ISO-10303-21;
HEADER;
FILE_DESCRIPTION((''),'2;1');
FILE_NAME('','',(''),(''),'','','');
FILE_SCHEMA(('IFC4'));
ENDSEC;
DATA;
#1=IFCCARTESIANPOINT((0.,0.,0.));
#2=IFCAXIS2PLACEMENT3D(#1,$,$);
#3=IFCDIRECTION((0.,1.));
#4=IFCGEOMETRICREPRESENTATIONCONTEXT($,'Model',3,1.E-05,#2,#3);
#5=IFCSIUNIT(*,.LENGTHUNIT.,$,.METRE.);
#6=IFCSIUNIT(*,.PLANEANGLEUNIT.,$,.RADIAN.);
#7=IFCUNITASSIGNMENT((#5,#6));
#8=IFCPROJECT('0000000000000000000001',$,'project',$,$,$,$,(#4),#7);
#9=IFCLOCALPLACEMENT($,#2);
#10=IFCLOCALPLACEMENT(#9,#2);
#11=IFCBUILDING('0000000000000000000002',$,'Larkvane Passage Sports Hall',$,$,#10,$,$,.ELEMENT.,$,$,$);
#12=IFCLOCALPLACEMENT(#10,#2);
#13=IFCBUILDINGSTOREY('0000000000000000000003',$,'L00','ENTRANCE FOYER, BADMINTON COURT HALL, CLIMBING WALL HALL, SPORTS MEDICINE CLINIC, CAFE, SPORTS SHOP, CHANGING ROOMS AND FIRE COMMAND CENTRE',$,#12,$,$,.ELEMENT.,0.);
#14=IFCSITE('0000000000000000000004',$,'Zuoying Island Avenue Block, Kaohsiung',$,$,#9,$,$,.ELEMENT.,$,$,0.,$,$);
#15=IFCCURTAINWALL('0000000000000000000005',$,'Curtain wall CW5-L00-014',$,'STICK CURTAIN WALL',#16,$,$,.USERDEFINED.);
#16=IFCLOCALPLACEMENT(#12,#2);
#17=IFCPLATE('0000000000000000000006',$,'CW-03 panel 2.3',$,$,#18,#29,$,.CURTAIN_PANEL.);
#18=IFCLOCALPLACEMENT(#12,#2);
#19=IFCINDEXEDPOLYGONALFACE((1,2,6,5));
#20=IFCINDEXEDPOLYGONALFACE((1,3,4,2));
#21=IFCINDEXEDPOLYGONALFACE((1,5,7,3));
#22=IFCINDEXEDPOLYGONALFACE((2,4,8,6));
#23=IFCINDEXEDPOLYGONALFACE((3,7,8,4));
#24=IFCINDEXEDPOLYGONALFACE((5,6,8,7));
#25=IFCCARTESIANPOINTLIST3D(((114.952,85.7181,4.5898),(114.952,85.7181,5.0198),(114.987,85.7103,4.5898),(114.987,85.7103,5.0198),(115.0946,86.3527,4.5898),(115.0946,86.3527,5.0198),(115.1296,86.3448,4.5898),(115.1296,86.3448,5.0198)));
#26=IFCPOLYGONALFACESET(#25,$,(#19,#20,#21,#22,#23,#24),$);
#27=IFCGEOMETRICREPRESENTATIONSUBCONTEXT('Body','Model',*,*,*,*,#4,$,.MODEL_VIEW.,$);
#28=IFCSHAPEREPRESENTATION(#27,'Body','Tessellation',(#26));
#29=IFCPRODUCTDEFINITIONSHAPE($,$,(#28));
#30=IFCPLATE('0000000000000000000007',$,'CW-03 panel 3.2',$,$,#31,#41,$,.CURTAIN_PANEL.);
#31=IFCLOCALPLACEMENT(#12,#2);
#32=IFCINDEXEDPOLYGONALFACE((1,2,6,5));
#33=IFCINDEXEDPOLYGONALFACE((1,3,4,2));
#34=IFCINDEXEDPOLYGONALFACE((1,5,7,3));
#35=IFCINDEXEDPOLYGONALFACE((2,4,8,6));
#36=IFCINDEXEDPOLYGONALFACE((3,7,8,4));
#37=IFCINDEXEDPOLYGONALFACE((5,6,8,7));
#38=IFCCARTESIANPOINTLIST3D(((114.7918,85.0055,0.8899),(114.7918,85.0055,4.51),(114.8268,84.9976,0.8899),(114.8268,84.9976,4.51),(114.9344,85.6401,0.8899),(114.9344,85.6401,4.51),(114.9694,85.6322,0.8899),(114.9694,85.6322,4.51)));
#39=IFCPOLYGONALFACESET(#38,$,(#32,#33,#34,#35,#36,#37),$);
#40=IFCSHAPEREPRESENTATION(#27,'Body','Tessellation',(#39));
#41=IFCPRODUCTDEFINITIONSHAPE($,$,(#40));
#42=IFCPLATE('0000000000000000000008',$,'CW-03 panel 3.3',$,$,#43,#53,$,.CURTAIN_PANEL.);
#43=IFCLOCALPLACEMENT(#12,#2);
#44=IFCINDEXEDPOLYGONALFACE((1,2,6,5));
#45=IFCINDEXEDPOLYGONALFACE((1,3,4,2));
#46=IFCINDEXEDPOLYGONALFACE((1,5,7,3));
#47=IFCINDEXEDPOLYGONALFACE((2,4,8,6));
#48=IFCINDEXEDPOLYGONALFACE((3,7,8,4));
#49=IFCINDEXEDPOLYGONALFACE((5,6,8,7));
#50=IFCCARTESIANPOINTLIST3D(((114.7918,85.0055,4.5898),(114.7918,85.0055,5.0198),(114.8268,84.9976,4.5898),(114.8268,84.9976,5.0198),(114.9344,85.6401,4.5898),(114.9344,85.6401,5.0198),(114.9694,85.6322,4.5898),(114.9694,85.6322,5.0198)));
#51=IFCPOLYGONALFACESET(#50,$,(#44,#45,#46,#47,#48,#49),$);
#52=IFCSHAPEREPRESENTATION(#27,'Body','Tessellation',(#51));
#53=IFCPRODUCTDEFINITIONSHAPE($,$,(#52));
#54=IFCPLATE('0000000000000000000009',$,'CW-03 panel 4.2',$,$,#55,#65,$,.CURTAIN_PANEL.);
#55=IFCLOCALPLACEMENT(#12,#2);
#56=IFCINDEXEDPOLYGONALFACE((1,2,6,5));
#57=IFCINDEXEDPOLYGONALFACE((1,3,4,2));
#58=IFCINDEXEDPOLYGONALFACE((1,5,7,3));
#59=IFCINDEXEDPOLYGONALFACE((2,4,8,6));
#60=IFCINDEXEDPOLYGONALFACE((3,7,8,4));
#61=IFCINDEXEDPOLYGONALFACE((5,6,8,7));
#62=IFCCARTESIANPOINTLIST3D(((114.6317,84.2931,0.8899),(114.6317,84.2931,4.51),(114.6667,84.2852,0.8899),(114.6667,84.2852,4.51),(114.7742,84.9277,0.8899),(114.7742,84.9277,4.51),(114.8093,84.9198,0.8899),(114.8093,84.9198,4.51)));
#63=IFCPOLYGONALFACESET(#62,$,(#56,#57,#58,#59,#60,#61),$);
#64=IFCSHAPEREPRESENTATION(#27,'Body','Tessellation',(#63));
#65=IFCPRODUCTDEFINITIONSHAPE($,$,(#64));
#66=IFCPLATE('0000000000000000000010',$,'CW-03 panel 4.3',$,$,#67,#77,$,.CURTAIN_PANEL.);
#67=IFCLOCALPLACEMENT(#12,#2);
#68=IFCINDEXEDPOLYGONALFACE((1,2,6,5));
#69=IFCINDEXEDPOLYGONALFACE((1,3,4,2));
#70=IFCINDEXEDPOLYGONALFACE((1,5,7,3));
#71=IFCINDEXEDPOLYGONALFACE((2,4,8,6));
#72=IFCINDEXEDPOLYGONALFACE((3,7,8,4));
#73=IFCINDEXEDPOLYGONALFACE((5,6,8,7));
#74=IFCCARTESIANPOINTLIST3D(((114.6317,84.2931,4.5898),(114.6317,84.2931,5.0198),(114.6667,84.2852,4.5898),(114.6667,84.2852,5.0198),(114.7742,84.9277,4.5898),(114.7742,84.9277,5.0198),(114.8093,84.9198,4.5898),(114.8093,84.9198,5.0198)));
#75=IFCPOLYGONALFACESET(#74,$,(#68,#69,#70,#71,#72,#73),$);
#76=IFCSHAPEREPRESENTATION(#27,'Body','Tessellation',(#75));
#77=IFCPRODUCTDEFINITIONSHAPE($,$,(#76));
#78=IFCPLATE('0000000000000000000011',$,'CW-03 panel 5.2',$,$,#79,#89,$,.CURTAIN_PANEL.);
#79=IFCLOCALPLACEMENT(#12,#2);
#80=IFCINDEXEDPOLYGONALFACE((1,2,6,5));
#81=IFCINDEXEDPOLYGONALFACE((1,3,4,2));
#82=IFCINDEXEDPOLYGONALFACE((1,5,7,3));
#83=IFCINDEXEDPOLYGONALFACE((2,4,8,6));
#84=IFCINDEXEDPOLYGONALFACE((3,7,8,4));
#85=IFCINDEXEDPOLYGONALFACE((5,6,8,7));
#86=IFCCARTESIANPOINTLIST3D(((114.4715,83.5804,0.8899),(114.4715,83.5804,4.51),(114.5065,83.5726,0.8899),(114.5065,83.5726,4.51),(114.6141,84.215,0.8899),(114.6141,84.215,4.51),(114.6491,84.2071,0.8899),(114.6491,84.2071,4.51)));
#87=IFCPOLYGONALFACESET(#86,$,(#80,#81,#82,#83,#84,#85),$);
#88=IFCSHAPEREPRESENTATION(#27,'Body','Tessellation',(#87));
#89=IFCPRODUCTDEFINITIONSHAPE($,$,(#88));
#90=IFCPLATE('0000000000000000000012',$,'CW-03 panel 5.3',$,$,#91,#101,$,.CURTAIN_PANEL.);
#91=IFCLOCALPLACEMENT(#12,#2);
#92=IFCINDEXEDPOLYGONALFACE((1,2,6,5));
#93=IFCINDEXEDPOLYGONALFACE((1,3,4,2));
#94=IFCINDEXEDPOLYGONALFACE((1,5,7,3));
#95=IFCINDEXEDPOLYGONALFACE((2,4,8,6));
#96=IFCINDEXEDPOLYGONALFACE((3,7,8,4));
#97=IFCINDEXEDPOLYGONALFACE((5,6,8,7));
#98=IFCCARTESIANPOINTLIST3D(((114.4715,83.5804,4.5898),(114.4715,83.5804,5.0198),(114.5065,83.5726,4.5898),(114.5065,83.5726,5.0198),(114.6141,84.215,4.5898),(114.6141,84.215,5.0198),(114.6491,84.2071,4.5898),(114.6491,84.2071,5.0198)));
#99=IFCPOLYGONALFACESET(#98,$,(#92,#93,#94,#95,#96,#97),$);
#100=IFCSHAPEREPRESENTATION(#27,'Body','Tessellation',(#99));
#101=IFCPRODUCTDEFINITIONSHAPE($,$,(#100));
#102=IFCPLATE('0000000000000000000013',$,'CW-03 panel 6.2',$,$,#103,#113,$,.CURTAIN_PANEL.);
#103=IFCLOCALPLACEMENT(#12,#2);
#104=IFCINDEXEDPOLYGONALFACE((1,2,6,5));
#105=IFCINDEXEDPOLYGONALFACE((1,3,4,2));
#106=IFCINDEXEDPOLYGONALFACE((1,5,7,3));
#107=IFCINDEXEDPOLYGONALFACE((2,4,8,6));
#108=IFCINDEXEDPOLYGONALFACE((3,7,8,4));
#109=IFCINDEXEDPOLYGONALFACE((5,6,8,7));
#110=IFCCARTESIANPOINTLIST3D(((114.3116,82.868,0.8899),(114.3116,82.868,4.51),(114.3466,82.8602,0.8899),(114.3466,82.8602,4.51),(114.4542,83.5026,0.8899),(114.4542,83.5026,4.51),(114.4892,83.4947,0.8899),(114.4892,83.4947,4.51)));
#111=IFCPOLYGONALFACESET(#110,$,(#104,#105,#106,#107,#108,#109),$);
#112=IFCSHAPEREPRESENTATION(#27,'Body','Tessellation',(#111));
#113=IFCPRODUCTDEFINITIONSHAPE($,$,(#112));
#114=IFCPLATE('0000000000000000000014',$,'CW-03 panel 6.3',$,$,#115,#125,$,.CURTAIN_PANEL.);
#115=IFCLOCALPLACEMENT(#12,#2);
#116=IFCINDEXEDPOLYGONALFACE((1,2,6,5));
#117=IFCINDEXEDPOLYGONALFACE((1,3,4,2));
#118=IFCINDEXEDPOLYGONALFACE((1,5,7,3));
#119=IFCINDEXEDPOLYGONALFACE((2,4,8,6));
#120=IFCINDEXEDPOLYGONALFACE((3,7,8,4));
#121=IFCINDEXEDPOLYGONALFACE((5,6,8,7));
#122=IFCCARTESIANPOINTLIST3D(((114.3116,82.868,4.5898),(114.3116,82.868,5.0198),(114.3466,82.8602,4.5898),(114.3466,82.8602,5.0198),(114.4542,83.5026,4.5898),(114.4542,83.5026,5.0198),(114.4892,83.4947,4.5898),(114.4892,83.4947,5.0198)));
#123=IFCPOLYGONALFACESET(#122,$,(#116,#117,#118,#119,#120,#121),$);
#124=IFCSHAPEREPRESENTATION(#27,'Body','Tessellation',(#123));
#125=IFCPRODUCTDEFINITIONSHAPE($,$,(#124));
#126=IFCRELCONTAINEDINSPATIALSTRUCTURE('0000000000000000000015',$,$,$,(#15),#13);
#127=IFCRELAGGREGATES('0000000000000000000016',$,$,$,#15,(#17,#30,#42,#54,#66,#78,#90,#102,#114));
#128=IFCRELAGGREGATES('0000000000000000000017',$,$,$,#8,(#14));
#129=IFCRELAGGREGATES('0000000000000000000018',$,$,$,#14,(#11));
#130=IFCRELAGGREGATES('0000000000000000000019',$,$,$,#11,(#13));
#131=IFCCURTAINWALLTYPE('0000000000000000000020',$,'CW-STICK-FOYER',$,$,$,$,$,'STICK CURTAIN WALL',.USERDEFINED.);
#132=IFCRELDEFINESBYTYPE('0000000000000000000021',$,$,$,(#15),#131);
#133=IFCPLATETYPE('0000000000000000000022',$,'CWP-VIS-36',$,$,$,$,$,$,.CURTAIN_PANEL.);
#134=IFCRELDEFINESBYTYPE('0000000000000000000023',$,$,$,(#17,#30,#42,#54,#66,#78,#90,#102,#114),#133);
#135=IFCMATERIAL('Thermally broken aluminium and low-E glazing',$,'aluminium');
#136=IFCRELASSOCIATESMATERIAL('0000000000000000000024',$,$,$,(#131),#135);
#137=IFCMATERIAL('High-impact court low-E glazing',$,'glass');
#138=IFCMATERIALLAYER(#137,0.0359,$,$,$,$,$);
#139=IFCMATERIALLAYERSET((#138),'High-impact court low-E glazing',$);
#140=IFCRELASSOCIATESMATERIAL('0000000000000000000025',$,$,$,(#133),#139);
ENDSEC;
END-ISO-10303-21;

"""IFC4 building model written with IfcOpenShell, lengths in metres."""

from ifc_helpers import new_model, si_unit, direction, frame, origin, origin_2d, place, context, subcontext, project, spatial, rectangle, extrude, material, layer, layer_set, type_object, element, aggregate, save


model = new_model("IFC4")

# Units and contexts
model_context = context("Model", 3, precision=1e-05, world=origin(), true_north=direction((0.0, 1.0)))
body_context = subcontext(model_context, "Body", "Model", "MODEL_VIEW")
ifc_project = project(units=[si_unit("LENGTHUNIT", "METRE"), si_unit("PLANEANGLEUNIT", "RADIAN")], contexts=[model_context])

# Site, building, storey
site_placement = place(None, origin())
site = spatial("IfcSite", under=ifc_project, at=site_placement, Name="Zuoying Island Avenue Block, Kaohsiung", CompositionType="ELEMENT", RefElevation=0.0)
building_placement = place(site_placement, origin())
building = spatial("IfcBuilding", under=site, at=building_placement, Name="Larkvane Passage Sports Hall", CompositionType="ELEMENT")
storey_placement = place(building_placement, origin())
storey = spatial("IfcBuildingStorey", under=building, at=storey_placement, Name="L00", Description="ENTRANCE FOYER, BADMINTON COURT HALL, CLIMBING WALL HALL, SPORTS MEDICINE CLINIC, CAFE, SPORTS SHOP, CHANGING ROOMS AND FIRE COMMAND CENTRE", CompositionType="ELEMENT", Elevation=0.0)

# Curtain wall, plates
ifc_material_1 = material(Name="Thermally broken aluminium and low-E glazing", Category="aluminium")
curtain_wall_type = type_object("IfcCurtainWallType", Name="CW-STICK-FOYER", ElementType="STICK CURTAIN WALL", PredefinedType="USERDEFINED", material=ifc_material_1)
curtain_wall_placement = place(storey_placement, origin())
curtain_wall = element("IfcCurtainWall", 1, at=curtain_wall_placement, inside=storey, type_object=curtain_wall_type, Name="Curtain wall CW5-L00-014", ObjectType="STICK CURTAIN WALL", PredefinedType="USERDEFINED")
ifc_material_2 = material(Name="High-impact court low-E glazing", Category="glass")
ifc_layer = layer(ifc_material_2, 0.0359)
ifc_layer_set = layer_set([ifc_layer], Name="High-impact court low-E glazing")
plate_type = type_object("IfcPlateType", Name="CWP-VIS-36", PredefinedType="CURTAIN_PANEL", material=ifc_layer_set)
plate_1_placement = place(storey_placement, frame((115.0408, 86.0315, 4.5898), z_axis=(0.0, 0.0, 1.0), x_axis=(-0.219244, -0.97567, 0.0)))
plate_1 = element("IfcPlate", 2, at=plate_1_placement, type_object=plate_type, Name="CW-03 panel 2.3", PredefinedType="CURTAIN_PANEL", context=body_context, shape_type="SweptSolid", body=[
    extrude(rectangle(XDim=0.6504, YDim=0.0359, at=origin_2d()), origin(), (0.0, 0.0, 1.0), 0.4299),
])
plate_2_placement = place(storey_placement, frame((114.8806, 85.3188, 0.8899), z_axis=(0.0, 0.0, 1.0), x_axis=(-0.219244, -0.97567, 0.0)))
plate_2 = element("IfcPlate", 3, at=plate_2_placement, type_object=plate_type, Name="CW-03 panel 3.2", PredefinedType="CURTAIN_PANEL", context=body_context, shape_type="SweptSolid", body=[
    extrude(rectangle(XDim=0.6504, YDim=0.0359, at=origin_2d()), origin(), (0.0, 0.0, 1.0), 3.6201),
])
plate_3_placement = place(storey_placement, frame((114.8806, 85.3188, 4.5898), z_axis=(0.0, 0.0, 1.0), x_axis=(-0.219244, -0.97567, 0.0)))
plate_3 = element("IfcPlate", 4, at=plate_3_placement, type_object=plate_type, Name="CW-03 panel 3.3", PredefinedType="CURTAIN_PANEL", context=body_context, shape_type="SweptSolid", body=[
    extrude(rectangle(XDim=0.6504, YDim=0.0359, at=origin_2d()), origin(), (0.0, 0.0, 1.0), 0.4299),
])
plate_4_placement = place(storey_placement, frame((114.7205, 84.6064, 0.8899), z_axis=(0.0, 0.0, 1.0), x_axis=(-0.219244, -0.97567, 0.0)))
plate_4 = element("IfcPlate", 5, at=plate_4_placement, type_object=plate_type, Name="CW-03 panel 4.2", PredefinedType="CURTAIN_PANEL", context=body_context, shape_type="SweptSolid", body=[
    extrude(rectangle(XDim=0.6504, YDim=0.0359, at=origin_2d()), origin(), (0.0, 0.0, 1.0), 3.6201),
])
plate_5_placement = place(storey_placement, frame((114.7205, 84.6064, 4.5898), z_axis=(0.0, 0.0, 1.0), x_axis=(-0.219244, -0.97567, 0.0)))
plate_5 = element("IfcPlate", 6, at=plate_5_placement, type_object=plate_type, Name="CW-03 panel 4.3", PredefinedType="CURTAIN_PANEL", context=body_context, shape_type="SweptSolid", body=[
    extrude(rectangle(XDim=0.6504, YDim=0.0359, at=origin_2d()), origin(), (0.0, 0.0, 1.0), 0.4299),
])
plate_6_placement = place(storey_placement, frame((114.5603, 83.8938, 0.8899), z_axis=(0.0, 0.0, 1.0), x_axis=(-0.219244, -0.97567, 0.0)))
plate_6 = element("IfcPlate", 7, at=plate_6_placement, type_object=plate_type, Name="CW-03 panel 5.2", PredefinedType="CURTAIN_PANEL", context=body_context, shape_type="SweptSolid", body=[
    extrude(rectangle(XDim=0.6504, YDim=0.0359, at=origin_2d()), origin(), (0.0, 0.0, 1.0), 3.6201),
])
plate_7_placement = place(storey_placement, frame((114.5603, 83.8938, 4.5898), z_axis=(0.0, 0.0, 1.0), x_axis=(-0.219244, -0.97567, 0.0)))
plate_7 = element("IfcPlate", 8, at=plate_7_placement, type_object=plate_type, Name="CW-03 panel 5.3", PredefinedType="CURTAIN_PANEL", context=body_context, shape_type="SweptSolid", body=[
    extrude(rectangle(XDim=0.6504, YDim=0.0359, at=origin_2d()), origin(), (0.0, 0.0, 1.0), 0.4299),
])
plate_8_placement = place(storey_placement, frame((114.4004, 83.1814, 0.8899), z_axis=(0.0, 0.0, 1.0), x_axis=(-0.219244, -0.97567, 0.0)))
plate_8 = element("IfcPlate", 9, at=plate_8_placement, type_object=plate_type, Name="CW-03 panel 6.2", PredefinedType="CURTAIN_PANEL", context=body_context, shape_type="SweptSolid", body=[
    extrude(rectangle(XDim=0.6504, YDim=0.0359, at=origin_2d()), origin(), (0.0, 0.0, 1.0), 3.6201),
])
plate_9_placement = place(storey_placement, frame((114.4004, 83.1814, 4.5898), z_axis=(0.0, 0.0, 1.0), x_axis=(-0.219244, -0.97567, 0.0)))
plate_9 = element("IfcPlate", 10, at=plate_9_placement, type_object=plate_type, Name="CW-03 panel 6.3", PredefinedType="CURTAIN_PANEL", context=body_context, shape_type="SweptSolid", body=[
    extrude(rectangle(XDim=0.6504, YDim=0.0359, at=origin_2d()), origin(), (0.0, 0.0, 1.0), 0.4299),
])
aggregate(curtain_wall, [plate_1, plate_2, plate_3, plate_4, plate_5, plate_6, plate_7, plate_8, plate_9])

save(model, "model.ifc")
